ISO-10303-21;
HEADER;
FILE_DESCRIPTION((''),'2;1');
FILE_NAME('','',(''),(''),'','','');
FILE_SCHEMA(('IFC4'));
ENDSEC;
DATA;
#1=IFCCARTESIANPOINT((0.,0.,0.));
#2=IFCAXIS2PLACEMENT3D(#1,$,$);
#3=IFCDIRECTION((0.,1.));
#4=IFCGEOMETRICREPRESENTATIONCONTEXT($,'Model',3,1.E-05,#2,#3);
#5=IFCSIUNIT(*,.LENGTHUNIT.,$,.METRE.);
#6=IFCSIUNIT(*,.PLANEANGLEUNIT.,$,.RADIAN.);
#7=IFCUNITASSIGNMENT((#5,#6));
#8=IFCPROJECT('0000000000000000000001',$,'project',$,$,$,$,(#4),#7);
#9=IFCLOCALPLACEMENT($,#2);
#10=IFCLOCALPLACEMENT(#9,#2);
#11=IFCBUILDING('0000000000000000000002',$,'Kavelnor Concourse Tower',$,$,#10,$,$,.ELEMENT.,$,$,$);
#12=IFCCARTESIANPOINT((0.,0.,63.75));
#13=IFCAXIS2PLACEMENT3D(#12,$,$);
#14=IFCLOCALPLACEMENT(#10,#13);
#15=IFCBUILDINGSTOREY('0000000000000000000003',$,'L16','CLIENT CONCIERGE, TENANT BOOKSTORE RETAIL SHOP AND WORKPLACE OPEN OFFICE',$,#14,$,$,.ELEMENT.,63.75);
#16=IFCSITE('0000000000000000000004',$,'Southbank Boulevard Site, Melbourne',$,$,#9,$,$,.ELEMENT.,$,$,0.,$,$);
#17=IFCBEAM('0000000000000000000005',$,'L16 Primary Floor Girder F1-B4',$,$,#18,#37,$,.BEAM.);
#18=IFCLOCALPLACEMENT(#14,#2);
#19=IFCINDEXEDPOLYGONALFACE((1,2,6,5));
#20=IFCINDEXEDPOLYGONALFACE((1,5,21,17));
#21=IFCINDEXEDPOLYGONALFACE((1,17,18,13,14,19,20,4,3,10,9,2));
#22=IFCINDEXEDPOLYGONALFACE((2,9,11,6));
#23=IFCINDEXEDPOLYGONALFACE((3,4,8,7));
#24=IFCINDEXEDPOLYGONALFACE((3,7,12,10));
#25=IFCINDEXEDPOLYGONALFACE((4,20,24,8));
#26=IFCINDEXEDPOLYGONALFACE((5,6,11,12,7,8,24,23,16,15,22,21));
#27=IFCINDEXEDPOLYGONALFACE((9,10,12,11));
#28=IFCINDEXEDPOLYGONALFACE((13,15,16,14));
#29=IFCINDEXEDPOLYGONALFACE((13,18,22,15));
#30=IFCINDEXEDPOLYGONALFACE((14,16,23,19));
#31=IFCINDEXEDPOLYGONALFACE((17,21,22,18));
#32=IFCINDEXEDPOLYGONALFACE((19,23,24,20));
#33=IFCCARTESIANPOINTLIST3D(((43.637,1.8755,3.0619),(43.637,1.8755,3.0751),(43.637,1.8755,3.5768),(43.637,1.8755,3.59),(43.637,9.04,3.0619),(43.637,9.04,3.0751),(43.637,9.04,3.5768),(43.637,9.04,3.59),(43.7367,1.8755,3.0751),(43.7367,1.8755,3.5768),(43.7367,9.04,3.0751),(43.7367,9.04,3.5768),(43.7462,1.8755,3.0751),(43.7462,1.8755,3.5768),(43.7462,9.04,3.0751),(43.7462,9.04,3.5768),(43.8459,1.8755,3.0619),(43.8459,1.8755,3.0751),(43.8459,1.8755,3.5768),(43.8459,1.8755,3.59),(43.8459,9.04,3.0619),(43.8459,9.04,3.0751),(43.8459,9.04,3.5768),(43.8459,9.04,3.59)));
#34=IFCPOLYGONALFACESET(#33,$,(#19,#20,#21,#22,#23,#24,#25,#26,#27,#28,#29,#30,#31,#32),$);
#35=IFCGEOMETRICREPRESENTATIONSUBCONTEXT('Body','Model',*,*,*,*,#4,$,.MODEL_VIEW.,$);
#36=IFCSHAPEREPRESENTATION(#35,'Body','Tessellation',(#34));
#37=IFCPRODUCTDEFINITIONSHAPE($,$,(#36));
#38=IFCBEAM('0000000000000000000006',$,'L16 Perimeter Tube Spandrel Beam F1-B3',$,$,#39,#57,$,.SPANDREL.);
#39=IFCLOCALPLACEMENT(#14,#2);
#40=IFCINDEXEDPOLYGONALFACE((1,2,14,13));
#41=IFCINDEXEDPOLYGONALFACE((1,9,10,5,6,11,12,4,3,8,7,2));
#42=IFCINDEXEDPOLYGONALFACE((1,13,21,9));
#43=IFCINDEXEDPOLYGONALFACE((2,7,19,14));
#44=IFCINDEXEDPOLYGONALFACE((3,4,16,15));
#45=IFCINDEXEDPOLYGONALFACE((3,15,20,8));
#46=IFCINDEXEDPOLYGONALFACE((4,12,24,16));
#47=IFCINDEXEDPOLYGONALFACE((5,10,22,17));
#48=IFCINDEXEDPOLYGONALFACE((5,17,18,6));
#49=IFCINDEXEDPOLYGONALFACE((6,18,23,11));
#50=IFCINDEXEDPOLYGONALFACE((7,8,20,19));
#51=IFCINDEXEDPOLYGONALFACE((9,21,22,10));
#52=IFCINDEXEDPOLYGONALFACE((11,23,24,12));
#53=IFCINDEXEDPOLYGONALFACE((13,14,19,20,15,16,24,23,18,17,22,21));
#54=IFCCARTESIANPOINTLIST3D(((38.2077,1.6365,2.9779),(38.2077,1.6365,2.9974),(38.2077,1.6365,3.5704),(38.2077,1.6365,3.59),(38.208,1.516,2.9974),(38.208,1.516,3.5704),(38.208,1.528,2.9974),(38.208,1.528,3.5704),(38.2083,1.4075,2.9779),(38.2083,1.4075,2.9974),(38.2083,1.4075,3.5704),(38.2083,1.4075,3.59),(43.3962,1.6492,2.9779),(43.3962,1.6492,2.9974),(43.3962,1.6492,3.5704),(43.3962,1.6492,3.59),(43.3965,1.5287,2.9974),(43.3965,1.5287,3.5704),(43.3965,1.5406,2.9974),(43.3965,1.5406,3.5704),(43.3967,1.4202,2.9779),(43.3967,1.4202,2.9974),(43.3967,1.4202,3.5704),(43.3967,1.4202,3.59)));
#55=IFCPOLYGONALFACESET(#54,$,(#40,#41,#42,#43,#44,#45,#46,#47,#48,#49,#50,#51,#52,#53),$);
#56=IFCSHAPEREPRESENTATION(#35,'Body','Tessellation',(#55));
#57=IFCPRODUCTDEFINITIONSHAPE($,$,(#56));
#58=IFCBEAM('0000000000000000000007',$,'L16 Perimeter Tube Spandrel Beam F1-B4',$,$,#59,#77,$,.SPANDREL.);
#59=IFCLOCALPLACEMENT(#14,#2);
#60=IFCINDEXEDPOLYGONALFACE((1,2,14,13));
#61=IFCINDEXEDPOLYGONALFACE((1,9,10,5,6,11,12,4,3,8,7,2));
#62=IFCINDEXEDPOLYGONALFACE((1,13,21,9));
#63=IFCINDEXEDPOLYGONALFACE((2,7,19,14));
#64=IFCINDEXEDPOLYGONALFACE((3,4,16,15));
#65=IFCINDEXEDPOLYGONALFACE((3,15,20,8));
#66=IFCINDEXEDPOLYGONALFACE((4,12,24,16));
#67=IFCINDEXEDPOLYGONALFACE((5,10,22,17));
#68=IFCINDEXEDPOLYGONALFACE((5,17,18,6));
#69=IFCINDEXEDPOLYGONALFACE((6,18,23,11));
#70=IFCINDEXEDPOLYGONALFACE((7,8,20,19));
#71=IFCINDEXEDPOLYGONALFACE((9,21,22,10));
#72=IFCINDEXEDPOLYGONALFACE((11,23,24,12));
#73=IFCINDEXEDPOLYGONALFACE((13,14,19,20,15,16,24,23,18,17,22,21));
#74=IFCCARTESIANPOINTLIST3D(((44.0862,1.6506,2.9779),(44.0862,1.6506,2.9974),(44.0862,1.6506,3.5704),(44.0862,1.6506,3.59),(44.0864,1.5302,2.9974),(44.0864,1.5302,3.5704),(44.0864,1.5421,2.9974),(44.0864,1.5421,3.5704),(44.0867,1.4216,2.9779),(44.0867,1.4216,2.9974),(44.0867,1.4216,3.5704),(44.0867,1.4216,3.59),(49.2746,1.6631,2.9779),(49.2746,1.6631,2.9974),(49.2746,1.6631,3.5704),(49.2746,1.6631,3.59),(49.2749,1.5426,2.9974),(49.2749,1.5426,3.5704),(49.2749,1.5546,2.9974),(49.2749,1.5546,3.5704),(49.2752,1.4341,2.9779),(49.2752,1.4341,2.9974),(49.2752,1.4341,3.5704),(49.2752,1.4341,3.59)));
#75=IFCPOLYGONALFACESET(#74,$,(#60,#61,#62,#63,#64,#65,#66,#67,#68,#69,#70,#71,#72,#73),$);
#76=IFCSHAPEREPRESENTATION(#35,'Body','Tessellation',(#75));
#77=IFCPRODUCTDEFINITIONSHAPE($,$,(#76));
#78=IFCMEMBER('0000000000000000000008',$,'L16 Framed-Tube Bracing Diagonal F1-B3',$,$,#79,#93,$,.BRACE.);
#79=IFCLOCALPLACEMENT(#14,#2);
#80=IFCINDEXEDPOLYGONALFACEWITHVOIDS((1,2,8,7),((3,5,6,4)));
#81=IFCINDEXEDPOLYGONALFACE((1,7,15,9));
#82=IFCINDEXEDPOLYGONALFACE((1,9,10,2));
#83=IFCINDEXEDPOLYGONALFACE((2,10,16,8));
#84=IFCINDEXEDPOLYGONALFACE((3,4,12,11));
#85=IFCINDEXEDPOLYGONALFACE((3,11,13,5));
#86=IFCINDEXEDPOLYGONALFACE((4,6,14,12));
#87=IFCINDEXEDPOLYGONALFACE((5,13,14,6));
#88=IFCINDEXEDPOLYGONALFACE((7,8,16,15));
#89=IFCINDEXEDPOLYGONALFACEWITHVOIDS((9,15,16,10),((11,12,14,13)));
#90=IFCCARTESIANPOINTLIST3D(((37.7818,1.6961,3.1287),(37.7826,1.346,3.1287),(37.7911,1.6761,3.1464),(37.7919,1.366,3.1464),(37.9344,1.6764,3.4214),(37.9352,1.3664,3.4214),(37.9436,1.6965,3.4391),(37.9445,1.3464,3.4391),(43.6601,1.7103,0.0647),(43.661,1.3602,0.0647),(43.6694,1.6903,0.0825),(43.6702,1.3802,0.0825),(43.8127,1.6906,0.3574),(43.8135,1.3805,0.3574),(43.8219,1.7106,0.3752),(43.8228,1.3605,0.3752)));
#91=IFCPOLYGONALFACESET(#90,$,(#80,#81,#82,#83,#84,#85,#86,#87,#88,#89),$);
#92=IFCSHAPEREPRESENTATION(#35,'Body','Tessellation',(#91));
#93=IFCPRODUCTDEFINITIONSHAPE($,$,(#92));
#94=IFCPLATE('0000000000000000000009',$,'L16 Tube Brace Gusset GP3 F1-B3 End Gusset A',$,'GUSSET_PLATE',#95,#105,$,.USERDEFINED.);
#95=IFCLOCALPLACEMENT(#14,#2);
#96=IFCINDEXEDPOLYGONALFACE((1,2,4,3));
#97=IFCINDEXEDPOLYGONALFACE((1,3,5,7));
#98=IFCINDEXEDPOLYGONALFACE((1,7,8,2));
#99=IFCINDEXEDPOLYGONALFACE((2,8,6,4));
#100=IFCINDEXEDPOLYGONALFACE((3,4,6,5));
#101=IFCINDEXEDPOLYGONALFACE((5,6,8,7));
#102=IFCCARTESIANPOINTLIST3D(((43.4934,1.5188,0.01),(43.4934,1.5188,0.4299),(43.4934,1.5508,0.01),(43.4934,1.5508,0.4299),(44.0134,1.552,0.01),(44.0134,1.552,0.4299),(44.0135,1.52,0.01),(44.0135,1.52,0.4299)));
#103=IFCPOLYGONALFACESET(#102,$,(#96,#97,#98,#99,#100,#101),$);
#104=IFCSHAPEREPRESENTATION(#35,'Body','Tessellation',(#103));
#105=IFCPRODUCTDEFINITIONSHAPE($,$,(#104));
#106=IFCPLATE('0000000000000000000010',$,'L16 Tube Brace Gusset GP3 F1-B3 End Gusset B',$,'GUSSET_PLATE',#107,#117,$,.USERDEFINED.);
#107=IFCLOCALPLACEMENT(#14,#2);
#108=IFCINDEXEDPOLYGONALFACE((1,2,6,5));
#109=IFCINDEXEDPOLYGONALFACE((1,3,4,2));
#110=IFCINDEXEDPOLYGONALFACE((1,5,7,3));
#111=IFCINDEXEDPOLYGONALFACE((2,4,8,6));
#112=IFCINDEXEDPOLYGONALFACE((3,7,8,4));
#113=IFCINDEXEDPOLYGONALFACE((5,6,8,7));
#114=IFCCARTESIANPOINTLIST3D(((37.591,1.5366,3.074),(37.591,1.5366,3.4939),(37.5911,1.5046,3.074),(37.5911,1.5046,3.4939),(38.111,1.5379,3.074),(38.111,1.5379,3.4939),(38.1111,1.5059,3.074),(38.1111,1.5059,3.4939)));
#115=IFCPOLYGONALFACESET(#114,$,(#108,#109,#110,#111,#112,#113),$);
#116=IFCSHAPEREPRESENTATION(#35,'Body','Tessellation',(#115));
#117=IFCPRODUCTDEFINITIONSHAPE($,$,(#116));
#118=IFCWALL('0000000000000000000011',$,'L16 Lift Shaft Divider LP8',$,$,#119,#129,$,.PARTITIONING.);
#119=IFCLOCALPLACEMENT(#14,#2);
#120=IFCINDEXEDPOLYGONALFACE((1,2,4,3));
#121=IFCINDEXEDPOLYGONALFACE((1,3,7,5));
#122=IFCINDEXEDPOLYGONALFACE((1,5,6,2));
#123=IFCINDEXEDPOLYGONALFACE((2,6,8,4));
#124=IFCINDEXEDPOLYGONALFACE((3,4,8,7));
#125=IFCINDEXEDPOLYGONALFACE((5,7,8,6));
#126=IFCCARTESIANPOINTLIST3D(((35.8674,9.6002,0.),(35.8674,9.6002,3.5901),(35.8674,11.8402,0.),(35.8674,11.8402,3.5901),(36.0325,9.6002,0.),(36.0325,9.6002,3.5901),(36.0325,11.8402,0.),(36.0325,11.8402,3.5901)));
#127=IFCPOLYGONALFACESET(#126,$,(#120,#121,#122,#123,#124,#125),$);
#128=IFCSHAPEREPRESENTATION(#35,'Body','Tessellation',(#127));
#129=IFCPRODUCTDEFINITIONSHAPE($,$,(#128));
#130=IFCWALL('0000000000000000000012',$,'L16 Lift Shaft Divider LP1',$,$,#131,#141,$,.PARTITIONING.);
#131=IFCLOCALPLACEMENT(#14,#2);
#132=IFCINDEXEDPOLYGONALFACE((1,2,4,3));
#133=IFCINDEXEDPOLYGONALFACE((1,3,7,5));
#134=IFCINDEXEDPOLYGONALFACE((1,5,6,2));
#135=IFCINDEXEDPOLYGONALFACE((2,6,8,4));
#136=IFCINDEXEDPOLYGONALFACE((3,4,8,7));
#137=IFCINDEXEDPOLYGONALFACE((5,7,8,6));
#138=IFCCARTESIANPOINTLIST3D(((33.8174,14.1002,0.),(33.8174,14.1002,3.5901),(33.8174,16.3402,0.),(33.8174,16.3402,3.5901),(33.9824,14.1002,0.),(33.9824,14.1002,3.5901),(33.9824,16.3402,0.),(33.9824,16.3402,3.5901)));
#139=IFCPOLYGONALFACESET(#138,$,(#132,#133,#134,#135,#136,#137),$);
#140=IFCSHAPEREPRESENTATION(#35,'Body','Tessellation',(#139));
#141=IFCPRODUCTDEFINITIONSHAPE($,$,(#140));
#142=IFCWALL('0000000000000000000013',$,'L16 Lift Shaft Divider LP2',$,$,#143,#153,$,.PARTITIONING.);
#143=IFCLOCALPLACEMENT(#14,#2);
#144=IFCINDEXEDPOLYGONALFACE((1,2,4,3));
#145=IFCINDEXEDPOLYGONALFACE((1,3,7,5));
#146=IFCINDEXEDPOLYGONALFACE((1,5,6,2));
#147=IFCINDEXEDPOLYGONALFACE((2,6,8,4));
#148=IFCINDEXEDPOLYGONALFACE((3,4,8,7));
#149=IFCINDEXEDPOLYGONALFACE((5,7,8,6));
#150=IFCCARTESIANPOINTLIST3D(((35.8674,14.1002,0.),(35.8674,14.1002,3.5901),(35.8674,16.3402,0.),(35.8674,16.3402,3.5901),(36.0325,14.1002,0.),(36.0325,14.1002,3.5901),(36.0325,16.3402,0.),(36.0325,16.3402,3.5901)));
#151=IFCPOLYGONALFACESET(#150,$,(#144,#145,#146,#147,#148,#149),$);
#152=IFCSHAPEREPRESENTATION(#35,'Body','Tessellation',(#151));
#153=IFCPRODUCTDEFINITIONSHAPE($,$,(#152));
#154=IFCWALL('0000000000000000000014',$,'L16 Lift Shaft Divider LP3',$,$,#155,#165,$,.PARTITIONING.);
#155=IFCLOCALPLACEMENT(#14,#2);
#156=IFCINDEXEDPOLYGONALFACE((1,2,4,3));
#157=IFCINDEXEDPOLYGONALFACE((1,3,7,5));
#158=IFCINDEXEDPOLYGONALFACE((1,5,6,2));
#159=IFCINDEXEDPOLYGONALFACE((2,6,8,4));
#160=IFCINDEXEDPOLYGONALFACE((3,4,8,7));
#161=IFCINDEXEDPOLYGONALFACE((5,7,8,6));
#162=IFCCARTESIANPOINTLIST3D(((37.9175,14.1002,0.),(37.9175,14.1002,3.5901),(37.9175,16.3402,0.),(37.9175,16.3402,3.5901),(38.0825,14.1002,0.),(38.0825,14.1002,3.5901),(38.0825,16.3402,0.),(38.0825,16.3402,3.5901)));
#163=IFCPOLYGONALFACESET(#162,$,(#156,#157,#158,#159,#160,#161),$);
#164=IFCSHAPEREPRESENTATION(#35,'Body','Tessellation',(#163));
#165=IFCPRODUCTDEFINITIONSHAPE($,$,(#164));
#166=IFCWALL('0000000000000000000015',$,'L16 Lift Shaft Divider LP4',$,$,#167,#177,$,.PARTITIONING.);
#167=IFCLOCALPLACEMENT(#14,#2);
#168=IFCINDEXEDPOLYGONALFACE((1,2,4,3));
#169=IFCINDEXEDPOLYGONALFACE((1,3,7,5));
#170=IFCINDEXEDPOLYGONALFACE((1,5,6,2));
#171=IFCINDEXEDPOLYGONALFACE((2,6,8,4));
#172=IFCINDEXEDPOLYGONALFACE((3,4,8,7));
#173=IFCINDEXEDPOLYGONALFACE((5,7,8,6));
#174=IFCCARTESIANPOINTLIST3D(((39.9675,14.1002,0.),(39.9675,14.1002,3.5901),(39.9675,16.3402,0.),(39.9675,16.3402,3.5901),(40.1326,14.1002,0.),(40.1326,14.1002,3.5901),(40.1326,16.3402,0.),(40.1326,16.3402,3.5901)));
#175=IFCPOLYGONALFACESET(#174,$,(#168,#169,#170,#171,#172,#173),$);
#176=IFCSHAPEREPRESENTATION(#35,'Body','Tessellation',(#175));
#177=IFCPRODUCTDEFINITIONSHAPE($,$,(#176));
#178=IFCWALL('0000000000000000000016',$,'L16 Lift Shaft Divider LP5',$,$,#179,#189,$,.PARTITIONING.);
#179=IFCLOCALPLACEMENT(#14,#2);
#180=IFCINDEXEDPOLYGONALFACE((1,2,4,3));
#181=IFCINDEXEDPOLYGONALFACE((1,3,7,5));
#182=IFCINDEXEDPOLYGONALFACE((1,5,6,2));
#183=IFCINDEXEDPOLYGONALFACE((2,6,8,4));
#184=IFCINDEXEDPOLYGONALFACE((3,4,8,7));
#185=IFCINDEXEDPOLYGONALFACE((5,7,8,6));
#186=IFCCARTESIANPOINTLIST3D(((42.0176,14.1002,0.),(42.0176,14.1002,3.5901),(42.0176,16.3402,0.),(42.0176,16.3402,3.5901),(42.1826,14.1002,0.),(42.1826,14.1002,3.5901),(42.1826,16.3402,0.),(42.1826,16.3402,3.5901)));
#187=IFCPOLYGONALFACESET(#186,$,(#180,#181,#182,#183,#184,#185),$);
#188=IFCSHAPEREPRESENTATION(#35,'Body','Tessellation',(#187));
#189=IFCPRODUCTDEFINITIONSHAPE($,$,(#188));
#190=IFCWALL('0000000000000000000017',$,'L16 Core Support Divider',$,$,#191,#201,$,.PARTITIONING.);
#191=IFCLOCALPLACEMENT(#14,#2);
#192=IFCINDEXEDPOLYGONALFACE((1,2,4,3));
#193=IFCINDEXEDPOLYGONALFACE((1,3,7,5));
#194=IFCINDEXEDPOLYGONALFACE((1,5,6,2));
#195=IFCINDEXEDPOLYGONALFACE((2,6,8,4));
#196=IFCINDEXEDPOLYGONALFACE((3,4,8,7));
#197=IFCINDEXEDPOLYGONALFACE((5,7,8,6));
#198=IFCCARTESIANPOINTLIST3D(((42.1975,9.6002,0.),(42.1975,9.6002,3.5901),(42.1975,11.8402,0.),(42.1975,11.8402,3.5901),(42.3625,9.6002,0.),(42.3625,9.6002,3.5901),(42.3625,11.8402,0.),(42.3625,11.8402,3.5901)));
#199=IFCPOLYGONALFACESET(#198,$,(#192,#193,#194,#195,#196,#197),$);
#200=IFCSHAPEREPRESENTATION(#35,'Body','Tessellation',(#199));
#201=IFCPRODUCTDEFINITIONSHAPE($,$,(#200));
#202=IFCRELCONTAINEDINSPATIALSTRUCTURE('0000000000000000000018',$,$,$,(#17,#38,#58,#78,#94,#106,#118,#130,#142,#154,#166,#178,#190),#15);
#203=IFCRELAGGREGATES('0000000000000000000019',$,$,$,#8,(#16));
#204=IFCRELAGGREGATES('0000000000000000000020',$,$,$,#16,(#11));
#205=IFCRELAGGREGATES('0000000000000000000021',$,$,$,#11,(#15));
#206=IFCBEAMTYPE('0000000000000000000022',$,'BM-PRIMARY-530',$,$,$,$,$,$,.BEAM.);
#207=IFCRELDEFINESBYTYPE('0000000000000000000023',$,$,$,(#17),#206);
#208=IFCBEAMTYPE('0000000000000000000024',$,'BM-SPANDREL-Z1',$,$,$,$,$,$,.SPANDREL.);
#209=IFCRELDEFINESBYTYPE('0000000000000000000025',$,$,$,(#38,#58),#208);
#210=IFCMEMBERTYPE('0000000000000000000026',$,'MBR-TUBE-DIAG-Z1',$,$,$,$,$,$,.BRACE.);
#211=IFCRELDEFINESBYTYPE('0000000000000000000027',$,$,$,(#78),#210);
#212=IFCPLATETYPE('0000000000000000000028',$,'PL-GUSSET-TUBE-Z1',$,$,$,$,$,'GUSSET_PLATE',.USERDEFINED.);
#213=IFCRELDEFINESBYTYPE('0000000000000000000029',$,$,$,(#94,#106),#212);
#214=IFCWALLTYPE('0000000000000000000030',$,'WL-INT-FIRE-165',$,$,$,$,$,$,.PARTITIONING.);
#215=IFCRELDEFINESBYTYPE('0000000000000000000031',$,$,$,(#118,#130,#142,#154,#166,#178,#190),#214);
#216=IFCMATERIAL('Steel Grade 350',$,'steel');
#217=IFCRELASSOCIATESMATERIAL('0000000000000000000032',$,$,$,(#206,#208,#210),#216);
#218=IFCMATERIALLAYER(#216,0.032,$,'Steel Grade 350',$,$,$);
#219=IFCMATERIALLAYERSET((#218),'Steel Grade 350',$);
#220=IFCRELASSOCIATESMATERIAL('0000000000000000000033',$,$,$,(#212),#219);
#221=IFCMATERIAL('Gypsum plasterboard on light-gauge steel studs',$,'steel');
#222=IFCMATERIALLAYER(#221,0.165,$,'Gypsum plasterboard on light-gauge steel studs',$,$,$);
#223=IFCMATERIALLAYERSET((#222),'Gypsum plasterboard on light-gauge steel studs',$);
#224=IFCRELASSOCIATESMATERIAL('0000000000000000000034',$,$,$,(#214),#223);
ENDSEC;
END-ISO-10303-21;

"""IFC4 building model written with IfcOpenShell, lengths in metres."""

from ifc_helpers import new_model, si_unit, direction, frame, frame_2d, origin, origin_2d, place, context, subcontext, project, spatial, rectangle, hollow_rectangle, i_section, extrude, material, layer, layer_set, material_profile, profile_set, type_object, element, save


model = new_model("IFC4")

# Units and contexts
model_context = context("Model", 3, precision=1e-05, world=origin(), true_north=direction((0.0, 1.0)))
body_context = subcontext(model_context, "Body", "Model", "MODEL_VIEW")
ifc_project = project(units=[si_unit("LENGTHUNIT", "METRE"), si_unit("PLANEANGLEUNIT", "RADIAN")], contexts=[model_context])

# Site, building, storey
site_placement = place(None, origin())
site = spatial("IfcSite", under=ifc_project, at=site_placement, Name="Southbank Boulevard Site, Melbourne", CompositionType="ELEMENT", RefElevation=0.0)
building_placement = place(site_placement, origin())
building = spatial("IfcBuilding", under=site, at=building_placement, Name="Kavelnor Concourse Tower", CompositionType="ELEMENT")
storey_placement = place(building_placement, frame((0.0, 0.0, 63.75)))
storey = spatial("IfcBuildingStorey", under=building, at=storey_placement, Name="L16", Description="CLIENT CONCIERGE, TENANT BOOKSTORE RETAIL SHOP AND WORKPLACE OPEN OFFICE", CompositionType="ELEMENT", Elevation=63.75)

# Shared definitions
ifc_material_1 = material(Name="Steel Grade 350", Category="steel")

# Beams
ifc_material_profile_1 = material_profile(ifc_material_1, i_section(OverallWidth=0.209, OverallDepth=0.5281, WebThickness=0.0095, FlangeThickness=0.0132, at=origin_2d()), Name="530UB82")
ifc_profile_set_1 = profile_set([ifc_material_profile_1], Name="Steel Grade 350")
beam_type_1 = type_object("IfcBeamType", Name="BM-PRIMARY-530", PredefinedType="BEAM", material=ifc_profile_set_1)
beam_1_placement = place(storey_placement, frame((43.7415, 9.04, 3.3259), z_axis=(0.0, -1.0, 0.0), x_axis=(1.0, 0.0, 0.0)))
element("IfcBeam", 1, at=beam_1_placement, inside=storey, type_object=beam_type_1, Name="L16 Primary Floor Girder F1-B4", PredefinedType="BEAM", context=body_context, shape_type="SweptSolid", body=[
    extrude(i_section(OverallWidth=0.209, OverallDepth=0.5281, WebThickness=0.0095, FlangeThickness=0.0132, at=origin_2d()), origin(), (0.0, 0.0, 1.0), 7.1646),
])
ifc_material_profile_2 = material_profile(ifc_material_1, i_section(OverallWidth=0.229, OverallDepth=0.6121, WebThickness=0.012, FlangeThickness=0.0195, at=origin_2d()), Name="610UB125")
ifc_profile_set_2 = profile_set([ifc_material_profile_2], Name="Steel Grade 350")
beam_type_2 = type_object("IfcBeamType", Name="BM-SPANDREL-Z1", PredefinedType="SPANDREL", material=ifc_profile_set_2)
for number, where, z_axis, x_axis, name in (
    (2, (38.208, 1.522, 3.2839), (0.999997, 0.002447, 0.0), (-0.002447, 0.999997, 0.0), "L16 Perimeter Tube Spandrel Beam F1-B3"),
    (3, (44.0864, 1.5361, 3.2839), (0.999997, 0.0024, 0.0), (-0.0024, 0.999997, 0.0), "L16 Perimeter Tube Spandrel Beam F1-B4"),
):
    element("IfcBeam", number, at=place(storey_placement, frame(where, z_axis=z_axis, x_axis=x_axis)), inside=storey, type_object=beam_type_2, Name=name, PredefinedType="SPANDREL", context=body_context, shape_type="SweptSolid", body=[
        extrude(i_section(OverallWidth=0.229, OverallDepth=0.6121, WebThickness=0.012, FlangeThickness=0.0195, at=origin_2d()), origin(), (0.0, 0.0, 1.0), 5.1885),
    ])

# Member
ifc_material_profile_3 = material_profile(ifc_material_1, hollow_rectangle(XDim=0.3501, YDim=0.3501, WallThickness=0.02, at=origin_2d()), Name="SHS 350x350x20")
ifc_profile_set_3 = profile_set([ifc_material_profile_3], Name="Steel Grade 350")
member_type = type_object("IfcMemberType", Name="MBR-TUBE-DIAG-Z1", PredefinedType="BRACE", material=ifc_profile_set_3)
member_placement = place(storey_placement, frame((43.7415, 1.5354, 0.22), z_axis=(-0.886771, -0.002136, 0.462205), x_axis=(0.002409, -0.999997, 0.0)))
element("IfcMember", 4, at=member_placement, inside=storey, type_object=member_type, Name="L16 Framed-Tube Bracing Diagonal F1-B3", PredefinedType="BRACE", context=body_context, shape_type="SweptSolid", body=[
    extrude(hollow_rectangle(XDim=0.3501, YDim=0.3501, WallThickness=0.02, at=origin_2d()), origin(), (0.0, 0.0, 1.0), 6.6289),
])

# Plates
ifc_layer_1 = layer(ifc_material_1, 0.032, Name="Steel Grade 350")
ifc_layer_set_1 = layer_set([ifc_layer_1], Name="Steel Grade 350")
plate_type = type_object("IfcPlateType", Name="PL-GUSSET-TUBE-Z1", ElementType="GUSSET_PLATE", PredefinedType="USERDEFINED", material=ifc_layer_set_1)
for number, where, z_axis, x_axis, name in (
    (5, (43.7534, 1.5354, 0.01), (0.0, 0.0, 1.0), (-0.999997, -0.002443, 0.0), "L16 Tube Brace Gusset GP3 F1-B3 End Gusset A"),
    (6, (37.8511, 1.5212, 3.074), (0.0, 0.0, 1.0), (-0.999997, -0.002443, 0.0), "L16 Tube Brace Gusset GP3 F1-B3 End Gusset B"),
):
    element("IfcPlate", number, at=place(storey_placement, frame(where, z_axis=z_axis, x_axis=x_axis)), inside=storey, type_object=plate_type, Name=name, ObjectType="GUSSET_PLATE", PredefinedType="USERDEFINED", context=body_context, shape_type="SweptSolid", body=[
        extrude(rectangle(XDim=0.52, YDim=0.032, at=origin_2d()), origin(), (0.0, 0.0, 1.0), 0.4199),
    ])

# Walls
ifc_material_2 = material(Name="Gypsum plasterboard on light-gauge steel studs", Category="steel")
ifc_layer_2 = layer(ifc_material_2, 0.165, Name="Gypsum plasterboard on light-gauge steel studs")
ifc_layer_set_2 = layer_set([ifc_layer_2], Name="Gypsum plasterboard on light-gauge steel studs")
wall_type_1 = type_object("IfcWallType", Name="WL-INT-FIRE-165", PredefinedType="PARTITIONING", material=ifc_layer_set_2)
for number, where, z_axis, x_axis, name in (
    (7, (35.95, 9.6001, 0.0), (0.0, 0.0, 1.0), (0.0, 1.0, 0.0), "L16 Lift Shaft Divider LP8"),
    (8, (33.8999, 14.1001, 0.0), (0.0, 0.0, 1.0), (0.0, 1.0, 0.0), "L16 Lift Shaft Divider LP1"),
    (9, (35.95, 14.1001, 0.0), (0.0, 0.0, 1.0), (0.0, 1.0, 0.0), "L16 Lift Shaft Divider LP2"),
    (10, (38.0, 14.1001, 0.0), (0.0, 0.0, 1.0), (0.0, 1.0, 0.0), "L16 Lift Shaft Divider LP3"),
    (11, (40.05, 14.1001, 0.0), (0.0, 0.0, 1.0), (0.0, 1.0, 0.0), "L16 Lift Shaft Divider LP4"),
    (12, (42.1001, 14.1001, 0.0), (0.0, 0.0, 1.0), (0.0, 1.0, 0.0), "L16 Lift Shaft Divider LP5"),
    (13, (42.28, 9.6001, 0.0), (0.0, 0.0, 1.0), (0.0, 1.0, 0.0), "L16 Core Support Divider"),
):
    element("IfcWall", number, at=place(storey_placement, frame(where, z_axis=z_axis, x_axis=x_axis)), inside=storey, type_object=wall_type_1, Name=name, PredefinedType="PARTITIONING", context=body_context, shape_type="SweptSolid", body=[
        extrude(rectangle(XDim=2.24, YDim=0.165, at=frame_2d((1.1201, 0.0))), origin(), (0.0, 0.0, 1.0), 3.5901),
    ])

save(model, "model.ifc")
